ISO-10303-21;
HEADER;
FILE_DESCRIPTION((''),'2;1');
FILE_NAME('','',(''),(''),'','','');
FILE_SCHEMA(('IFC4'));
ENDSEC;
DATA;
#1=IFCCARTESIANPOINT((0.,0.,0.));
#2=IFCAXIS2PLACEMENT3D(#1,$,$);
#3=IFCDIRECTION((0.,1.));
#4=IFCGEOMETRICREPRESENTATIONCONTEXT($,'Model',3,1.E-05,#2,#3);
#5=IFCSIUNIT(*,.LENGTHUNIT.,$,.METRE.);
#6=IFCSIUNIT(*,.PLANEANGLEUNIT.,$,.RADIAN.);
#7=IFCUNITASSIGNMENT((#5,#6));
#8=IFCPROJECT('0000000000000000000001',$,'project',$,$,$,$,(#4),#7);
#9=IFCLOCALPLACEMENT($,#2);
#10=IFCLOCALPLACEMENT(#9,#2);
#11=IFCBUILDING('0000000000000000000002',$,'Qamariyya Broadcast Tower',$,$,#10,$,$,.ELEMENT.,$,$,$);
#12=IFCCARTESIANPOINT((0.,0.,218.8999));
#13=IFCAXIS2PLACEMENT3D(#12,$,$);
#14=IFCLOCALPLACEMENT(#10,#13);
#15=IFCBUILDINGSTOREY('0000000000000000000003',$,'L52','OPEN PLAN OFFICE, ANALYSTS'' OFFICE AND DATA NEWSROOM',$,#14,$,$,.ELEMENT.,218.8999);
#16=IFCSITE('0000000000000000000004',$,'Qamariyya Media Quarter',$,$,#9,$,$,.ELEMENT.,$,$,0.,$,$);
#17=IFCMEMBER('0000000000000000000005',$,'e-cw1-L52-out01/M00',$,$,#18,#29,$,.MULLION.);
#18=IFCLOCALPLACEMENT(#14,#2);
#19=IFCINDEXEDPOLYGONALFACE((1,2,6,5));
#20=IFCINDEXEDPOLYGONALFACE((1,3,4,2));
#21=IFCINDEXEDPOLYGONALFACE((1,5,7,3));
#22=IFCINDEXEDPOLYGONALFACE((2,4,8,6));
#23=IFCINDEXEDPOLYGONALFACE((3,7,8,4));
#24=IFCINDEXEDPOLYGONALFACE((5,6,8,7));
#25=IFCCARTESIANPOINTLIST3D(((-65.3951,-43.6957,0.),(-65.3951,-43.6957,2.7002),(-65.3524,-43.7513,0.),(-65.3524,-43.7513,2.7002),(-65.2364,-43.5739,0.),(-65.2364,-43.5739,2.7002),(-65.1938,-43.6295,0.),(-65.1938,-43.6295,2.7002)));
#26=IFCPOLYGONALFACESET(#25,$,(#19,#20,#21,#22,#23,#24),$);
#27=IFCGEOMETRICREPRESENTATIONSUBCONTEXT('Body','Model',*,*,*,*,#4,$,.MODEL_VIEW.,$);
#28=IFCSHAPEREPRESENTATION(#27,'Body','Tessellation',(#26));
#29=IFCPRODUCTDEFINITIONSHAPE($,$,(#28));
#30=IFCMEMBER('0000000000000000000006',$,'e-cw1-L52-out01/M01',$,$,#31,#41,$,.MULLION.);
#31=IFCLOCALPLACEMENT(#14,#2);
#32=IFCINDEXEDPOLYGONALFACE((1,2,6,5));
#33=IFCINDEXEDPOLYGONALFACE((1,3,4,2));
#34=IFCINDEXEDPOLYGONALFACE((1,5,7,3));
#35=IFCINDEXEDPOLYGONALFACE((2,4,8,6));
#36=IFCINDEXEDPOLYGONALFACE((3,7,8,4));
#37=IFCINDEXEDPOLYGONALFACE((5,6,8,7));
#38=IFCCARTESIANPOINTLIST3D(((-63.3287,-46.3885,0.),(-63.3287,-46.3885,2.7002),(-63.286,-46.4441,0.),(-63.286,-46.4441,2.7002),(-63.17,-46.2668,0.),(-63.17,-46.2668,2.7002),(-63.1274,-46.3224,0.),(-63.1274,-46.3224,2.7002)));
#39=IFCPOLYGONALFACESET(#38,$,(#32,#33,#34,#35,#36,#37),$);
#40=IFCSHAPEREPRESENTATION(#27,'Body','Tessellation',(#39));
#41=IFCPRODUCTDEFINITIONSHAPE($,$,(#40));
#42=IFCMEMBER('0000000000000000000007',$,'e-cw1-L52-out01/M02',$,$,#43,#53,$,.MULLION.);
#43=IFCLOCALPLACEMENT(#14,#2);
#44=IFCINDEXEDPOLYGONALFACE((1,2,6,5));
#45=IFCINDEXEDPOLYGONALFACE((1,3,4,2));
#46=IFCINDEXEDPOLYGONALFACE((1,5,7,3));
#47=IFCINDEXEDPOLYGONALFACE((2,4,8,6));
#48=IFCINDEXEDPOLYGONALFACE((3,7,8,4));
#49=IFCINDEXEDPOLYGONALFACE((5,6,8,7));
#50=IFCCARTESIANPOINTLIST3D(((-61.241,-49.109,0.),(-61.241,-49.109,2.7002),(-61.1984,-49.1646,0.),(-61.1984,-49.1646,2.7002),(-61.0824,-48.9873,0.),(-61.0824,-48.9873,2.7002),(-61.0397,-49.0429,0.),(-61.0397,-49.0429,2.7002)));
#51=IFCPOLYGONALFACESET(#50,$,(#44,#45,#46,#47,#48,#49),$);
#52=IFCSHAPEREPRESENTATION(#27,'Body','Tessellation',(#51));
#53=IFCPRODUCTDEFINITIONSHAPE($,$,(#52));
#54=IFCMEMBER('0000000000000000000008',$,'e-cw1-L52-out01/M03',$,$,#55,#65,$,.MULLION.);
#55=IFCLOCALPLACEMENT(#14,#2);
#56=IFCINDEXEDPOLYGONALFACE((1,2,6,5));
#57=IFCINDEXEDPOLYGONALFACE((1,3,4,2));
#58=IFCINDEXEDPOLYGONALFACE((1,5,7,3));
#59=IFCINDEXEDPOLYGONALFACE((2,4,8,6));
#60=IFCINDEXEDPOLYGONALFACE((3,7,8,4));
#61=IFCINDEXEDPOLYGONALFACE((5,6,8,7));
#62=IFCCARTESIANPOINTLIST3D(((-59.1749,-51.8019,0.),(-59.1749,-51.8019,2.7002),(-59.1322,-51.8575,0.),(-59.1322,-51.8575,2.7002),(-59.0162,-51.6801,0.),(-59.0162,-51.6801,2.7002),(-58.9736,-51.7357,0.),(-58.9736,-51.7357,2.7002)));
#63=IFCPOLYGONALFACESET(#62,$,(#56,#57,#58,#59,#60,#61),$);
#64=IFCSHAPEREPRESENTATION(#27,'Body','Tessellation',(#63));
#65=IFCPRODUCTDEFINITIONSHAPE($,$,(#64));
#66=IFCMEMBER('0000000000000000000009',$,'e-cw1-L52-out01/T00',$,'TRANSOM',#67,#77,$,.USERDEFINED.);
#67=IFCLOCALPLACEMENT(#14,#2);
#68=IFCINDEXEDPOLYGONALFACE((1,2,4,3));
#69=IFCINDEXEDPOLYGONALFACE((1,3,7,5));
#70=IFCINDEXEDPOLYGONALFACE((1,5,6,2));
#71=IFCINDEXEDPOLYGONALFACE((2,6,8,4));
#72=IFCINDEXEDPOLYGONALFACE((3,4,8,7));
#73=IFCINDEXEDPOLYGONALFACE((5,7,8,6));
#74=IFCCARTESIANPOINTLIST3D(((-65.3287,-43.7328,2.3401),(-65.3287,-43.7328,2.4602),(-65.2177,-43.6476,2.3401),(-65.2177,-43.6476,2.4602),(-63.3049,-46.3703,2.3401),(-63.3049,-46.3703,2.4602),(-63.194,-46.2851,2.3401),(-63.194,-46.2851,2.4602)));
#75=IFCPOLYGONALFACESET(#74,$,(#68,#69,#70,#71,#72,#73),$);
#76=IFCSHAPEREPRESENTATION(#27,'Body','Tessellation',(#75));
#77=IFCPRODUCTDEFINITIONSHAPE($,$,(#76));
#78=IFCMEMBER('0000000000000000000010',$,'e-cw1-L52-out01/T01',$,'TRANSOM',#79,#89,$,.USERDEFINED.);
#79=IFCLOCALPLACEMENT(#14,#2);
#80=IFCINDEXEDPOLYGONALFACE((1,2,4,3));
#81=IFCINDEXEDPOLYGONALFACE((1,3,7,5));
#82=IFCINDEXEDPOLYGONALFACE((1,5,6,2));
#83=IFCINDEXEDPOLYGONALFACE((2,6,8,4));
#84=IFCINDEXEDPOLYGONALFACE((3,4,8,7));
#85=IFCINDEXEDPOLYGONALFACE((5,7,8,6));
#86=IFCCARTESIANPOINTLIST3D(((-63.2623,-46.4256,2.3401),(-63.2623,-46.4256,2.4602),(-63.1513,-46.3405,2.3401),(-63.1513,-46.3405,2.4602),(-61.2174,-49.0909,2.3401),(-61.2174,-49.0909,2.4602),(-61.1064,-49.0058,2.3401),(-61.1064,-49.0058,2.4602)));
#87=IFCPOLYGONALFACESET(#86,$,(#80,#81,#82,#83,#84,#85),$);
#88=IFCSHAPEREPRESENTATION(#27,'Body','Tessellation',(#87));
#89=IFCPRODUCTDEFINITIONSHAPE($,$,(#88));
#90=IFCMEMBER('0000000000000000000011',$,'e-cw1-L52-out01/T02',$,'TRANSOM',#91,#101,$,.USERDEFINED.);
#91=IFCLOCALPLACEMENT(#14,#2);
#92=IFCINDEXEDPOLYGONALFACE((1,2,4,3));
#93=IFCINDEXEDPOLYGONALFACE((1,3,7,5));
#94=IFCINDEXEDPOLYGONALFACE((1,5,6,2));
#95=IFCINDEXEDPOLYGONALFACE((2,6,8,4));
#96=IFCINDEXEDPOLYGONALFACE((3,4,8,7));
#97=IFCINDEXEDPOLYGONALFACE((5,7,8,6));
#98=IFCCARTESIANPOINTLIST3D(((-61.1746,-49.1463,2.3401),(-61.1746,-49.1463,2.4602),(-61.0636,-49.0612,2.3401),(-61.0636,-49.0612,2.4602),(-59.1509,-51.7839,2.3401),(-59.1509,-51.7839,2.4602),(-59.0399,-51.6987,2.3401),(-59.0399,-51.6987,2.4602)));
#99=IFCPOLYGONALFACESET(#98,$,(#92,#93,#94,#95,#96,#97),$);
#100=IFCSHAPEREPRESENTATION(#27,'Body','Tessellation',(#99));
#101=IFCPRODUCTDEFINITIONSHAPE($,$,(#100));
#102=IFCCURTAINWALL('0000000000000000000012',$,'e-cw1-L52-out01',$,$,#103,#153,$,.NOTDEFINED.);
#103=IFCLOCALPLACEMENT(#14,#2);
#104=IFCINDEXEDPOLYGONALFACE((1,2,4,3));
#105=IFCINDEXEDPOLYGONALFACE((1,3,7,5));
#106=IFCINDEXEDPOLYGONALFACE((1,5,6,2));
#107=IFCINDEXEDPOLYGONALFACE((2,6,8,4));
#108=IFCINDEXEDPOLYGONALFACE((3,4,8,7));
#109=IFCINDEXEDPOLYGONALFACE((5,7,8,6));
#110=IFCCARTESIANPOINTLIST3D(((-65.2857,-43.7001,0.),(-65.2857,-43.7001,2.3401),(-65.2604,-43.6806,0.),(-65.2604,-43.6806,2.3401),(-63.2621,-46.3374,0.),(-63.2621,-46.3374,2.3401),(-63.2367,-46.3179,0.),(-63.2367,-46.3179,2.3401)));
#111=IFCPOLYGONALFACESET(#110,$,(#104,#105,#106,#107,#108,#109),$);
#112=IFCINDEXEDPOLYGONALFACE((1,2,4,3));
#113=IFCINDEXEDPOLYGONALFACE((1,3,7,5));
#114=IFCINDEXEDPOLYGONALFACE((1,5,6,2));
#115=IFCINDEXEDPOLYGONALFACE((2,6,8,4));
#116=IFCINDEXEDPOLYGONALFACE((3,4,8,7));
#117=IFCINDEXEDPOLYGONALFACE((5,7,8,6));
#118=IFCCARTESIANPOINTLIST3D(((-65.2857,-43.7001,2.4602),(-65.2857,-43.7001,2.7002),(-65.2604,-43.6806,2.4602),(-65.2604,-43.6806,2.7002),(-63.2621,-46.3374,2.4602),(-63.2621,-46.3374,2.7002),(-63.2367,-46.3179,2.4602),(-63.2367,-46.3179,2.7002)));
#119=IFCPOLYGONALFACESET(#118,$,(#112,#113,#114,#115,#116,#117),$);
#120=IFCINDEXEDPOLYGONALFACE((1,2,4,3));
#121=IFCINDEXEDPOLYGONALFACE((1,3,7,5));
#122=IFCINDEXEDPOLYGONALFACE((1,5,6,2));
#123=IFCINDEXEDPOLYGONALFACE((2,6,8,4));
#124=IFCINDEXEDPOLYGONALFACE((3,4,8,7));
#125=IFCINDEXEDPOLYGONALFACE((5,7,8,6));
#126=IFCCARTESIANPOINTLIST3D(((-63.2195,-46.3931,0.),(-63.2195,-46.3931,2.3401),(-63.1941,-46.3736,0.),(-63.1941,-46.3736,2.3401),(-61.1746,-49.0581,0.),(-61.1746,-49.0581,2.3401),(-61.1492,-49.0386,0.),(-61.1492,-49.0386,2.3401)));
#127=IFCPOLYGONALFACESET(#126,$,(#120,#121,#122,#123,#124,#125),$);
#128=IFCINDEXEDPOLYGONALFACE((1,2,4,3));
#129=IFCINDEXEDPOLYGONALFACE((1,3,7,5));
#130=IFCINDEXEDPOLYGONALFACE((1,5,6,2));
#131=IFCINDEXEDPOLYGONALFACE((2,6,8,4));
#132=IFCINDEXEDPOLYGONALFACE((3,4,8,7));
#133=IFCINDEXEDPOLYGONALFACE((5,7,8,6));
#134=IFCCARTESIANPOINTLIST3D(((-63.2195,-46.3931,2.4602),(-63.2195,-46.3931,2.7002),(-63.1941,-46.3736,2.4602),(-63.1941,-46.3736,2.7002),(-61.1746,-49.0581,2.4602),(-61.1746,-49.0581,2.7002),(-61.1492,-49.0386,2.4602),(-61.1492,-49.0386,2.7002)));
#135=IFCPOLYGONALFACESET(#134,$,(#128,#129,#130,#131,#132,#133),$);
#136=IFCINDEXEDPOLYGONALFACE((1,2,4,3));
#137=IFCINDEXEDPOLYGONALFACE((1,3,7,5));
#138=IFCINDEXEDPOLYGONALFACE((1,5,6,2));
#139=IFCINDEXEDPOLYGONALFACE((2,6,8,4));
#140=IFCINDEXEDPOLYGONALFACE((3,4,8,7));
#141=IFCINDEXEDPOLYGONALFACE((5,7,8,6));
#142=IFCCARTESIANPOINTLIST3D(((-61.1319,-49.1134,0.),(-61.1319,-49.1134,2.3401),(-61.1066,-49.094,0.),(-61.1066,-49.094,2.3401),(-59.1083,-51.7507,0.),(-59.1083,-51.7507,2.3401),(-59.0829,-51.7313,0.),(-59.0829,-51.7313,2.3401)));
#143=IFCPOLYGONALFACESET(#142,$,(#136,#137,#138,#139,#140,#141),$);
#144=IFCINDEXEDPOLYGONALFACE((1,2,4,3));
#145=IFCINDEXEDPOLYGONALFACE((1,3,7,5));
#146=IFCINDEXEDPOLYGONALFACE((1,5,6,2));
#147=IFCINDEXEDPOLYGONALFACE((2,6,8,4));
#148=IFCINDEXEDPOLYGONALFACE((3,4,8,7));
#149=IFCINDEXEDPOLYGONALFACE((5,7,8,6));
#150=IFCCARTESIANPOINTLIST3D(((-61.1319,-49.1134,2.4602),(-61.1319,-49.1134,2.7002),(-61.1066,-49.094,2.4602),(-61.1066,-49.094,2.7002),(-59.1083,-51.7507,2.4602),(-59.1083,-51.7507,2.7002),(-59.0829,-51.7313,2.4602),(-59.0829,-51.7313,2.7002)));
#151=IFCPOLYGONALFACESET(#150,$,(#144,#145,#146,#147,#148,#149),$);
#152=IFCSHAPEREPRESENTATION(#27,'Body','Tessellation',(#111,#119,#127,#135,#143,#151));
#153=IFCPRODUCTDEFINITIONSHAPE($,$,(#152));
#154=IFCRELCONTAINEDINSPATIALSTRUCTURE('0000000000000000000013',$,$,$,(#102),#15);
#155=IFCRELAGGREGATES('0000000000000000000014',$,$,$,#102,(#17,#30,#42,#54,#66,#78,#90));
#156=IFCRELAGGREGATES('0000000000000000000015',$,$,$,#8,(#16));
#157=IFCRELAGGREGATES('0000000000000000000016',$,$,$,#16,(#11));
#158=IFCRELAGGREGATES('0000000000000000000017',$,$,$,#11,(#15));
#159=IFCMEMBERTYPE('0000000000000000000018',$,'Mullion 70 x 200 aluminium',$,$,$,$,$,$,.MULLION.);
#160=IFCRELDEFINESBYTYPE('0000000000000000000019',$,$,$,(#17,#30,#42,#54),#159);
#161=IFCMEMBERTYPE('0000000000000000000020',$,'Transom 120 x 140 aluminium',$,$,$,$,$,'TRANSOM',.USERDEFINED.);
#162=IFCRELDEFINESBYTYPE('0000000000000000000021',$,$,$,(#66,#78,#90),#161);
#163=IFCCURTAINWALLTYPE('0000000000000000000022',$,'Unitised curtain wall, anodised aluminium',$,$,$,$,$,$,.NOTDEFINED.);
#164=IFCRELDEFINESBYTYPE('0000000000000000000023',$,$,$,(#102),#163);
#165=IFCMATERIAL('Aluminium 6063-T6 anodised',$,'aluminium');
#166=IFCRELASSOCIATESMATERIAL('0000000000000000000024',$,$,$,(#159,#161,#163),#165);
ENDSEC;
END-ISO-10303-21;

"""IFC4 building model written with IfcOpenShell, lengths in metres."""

from ifc_helpers import new_model, si_unit, direction, frame, origin, origin_2d, place, context, subcontext, project, spatial, rectangle, extrude, material, material_profile, profile_set, type_object, element, aggregate, save


model = new_model("IFC4")

# Units and contexts
model_context = context("Model", 3, precision=1e-05, world=origin(), true_north=direction((0.0, 1.0)))
body_context = subcontext(model_context, "Body", "Model", "MODEL_VIEW")
ifc_project = project(units=[si_unit("LENGTHUNIT", "METRE"), si_unit("PLANEANGLEUNIT", "RADIAN")], contexts=[model_context])

# Members
ifc_material = material(Name="Aluminium 6063-T6 anodised", Category="aluminium")
ifc_material_profile_1 = material_profile(ifc_material, rectangle(XDim=0.2, YDim=0.0701, at=origin_2d()))
ifc_profile_set_1 = profile_set([ifc_material_profile_1], Name="Aluminium 6063-T6 anodised")
member_type_1 = type_object("IfcMemberType", Name="Mullion 70 x 200 aluminium", PredefinedType="MULLION", material=ifc_profile_set_1)
site_placement = place(None, origin())
building_placement = place(site_placement, origin())
storey_placement = place(building_placement, frame((0.0, 0.0, 218.8999)))
member_1_placement = place(storey_placement, frame((-65.2944, -43.6626, 0.0), z_axis=(0.0, 0.0, 1.0), x_axis=(0.793353, 0.608761, 0.0)))
member_1 = element("IfcMember", 1, at=member_1_placement, type_object=member_type_1, Name="e-cw1-L52-out01/M00", PredefinedType="MULLION", context=body_context, shape_type="SweptSolid", body=[
    extrude(rectangle(XDim=0.2, YDim=0.0701, at=origin_2d()), origin(), (0.0, 0.0, 1.0), 2.7002),
])
member_2_placement = place(storey_placement, frame((-63.228, -46.3555, 0.0), z_axis=(0.0, 0.0, 1.0), x_axis=(0.793353, 0.608761, 0.0)))
member_2 = element("IfcMember", 2, at=member_2_placement, type_object=member_type_1, Name="e-cw1-L52-out01/M01", PredefinedType="MULLION", context=body_context, shape_type="SweptSolid", body=[
    extrude(rectangle(XDim=0.2, YDim=0.0701, at=origin_2d()), origin(), (0.0, 0.0, 1.0), 2.7002),
])
member_3_placement = place(storey_placement, frame((-61.1404, -49.0759, 0.0), z_axis=(0.0, 0.0, 1.0), x_axis=(0.793353, 0.608761, 0.0)))
member_3 = element("IfcMember", 3, at=member_3_placement, type_object=member_type_1, Name="e-cw1-L52-out01/M02", PredefinedType="MULLION", context=body_context, shape_type="SweptSolid", body=[
    extrude(rectangle(XDim=0.2, YDim=0.0701, at=origin_2d()), origin(), (0.0, 0.0, 1.0), 2.7002),
])
member_4_placement = place(storey_placement, frame((-59.0742, -51.7688, 0.0), z_axis=(0.0, 0.0, 1.0), x_axis=(0.793353, 0.608761, 0.0)))
member_4 = element("IfcMember", 4, at=member_4_placement, type_object=member_type_1, Name="e-cw1-L52-out01/M03", PredefinedType="MULLION", context=body_context, shape_type="SweptSolid", body=[
    extrude(rectangle(XDim=0.2, YDim=0.0701, at=origin_2d()), origin(), (0.0, 0.0, 1.0), 2.7002),
])
ifc_material_profile_2 = material_profile(ifc_material, rectangle(XDim=0.1399, YDim=0.1201, at=origin_2d()))
ifc_profile_set_2 = profile_set([ifc_material_profile_2], Name="Aluminium 6063-T6 anodised")
member_type_2 = type_object("IfcMemberType", Name="Transom 120 x 140 aluminium", ElementType="TRANSOM", PredefinedType="USERDEFINED", material=ifc_profile_set_2)
member_5_placement = place(storey_placement, frame((-65.2732, -43.6902, 2.4001), z_axis=(0.608741, -0.793369, 0.0), x_axis=(0.793369, 0.608741, 0.0)))
member_5 = element("IfcMember", 5, at=member_5_placement, type_object=member_type_2, Name="e-cw1-L52-out01/T00", ObjectType="TRANSOM", PredefinedType="USERDEFINED", context=body_context, shape_type="SweptSolid", body=[
    extrude(rectangle(XDim=0.1399, YDim=0.1201, at=origin_2d()), origin(), (0.0, 0.0, 1.0), 3.3245),
])
member_6_placement = place(storey_placement, frame((-63.2068, -46.3831, 2.4001), z_axis=(0.60872, -0.793385, 0.0), x_axis=(0.793385, 0.60872, 0.0)))
member_6 = element("IfcMember", 6, at=member_6_placement, type_object=member_type_2, Name="e-cw1-L52-out01/T01", ObjectType="TRANSOM", PredefinedType="USERDEFINED", context=body_context, shape_type="SweptSolid", body=[
    extrude(rectangle(XDim=0.1399, YDim=0.1201, at=origin_2d()), origin(), (0.0, 0.0, 1.0), 3.3594),
])
member_7_placement = place(storey_placement, frame((-61.1191, -49.1038, 2.4001), z_axis=(0.608741, -0.793369, 0.0), x_axis=(0.793369, 0.608741, 0.0)))
member_7 = element("IfcMember", 7, at=member_7_placement, type_object=member_type_2, Name="e-cw1-L52-out01/T02", ObjectType="TRANSOM", PredefinedType="USERDEFINED", context=body_context, shape_type="SweptSolid", body=[
    extrude(rectangle(XDim=0.1399, YDim=0.1201, at=origin_2d()), origin(), (0.0, 0.0, 1.0), 3.3245),
])

# Site, building, storey
site = spatial("IfcSite", under=ifc_project, at=site_placement, Name="Qamariyya Media Quarter", CompositionType="ELEMENT", RefElevation=0.0)
building = spatial("IfcBuilding", under=site, at=building_placement, Name="Qamariyya Broadcast Tower", CompositionType="ELEMENT")
storey = spatial("IfcBuildingStorey", under=building, at=storey_placement, Name="L52", Description="OPEN PLAN OFFICE, ANALYSTS' OFFICE AND DATA NEWSROOM", CompositionType="ELEMENT", Elevation=218.8999)

# Curtain wall
curtain_wall_type = type_object("IfcCurtainWallType", Name="Unitised curtain wall, anodised aluminium", PredefinedType="NOTDEFINED", material=ifc_material)
curtain_wall_1_placement = place(storey_placement, origin())
curtain_wall_1 = element("IfcCurtainWall", 8, at=curtain_wall_1_placement, inside=storey, type_object=curtain_wall_type, Name="e-cw1-L52-out01", PredefinedType="NOTDEFINED", context=body_context, shape_type="SweptSolid", body=[
    extrude(rectangle(XDim=3.3242, YDim=0.032, at=origin_2d()), frame((-64.2612, -45.009, 0.0), x_axis=(0.608754, -0.793359, 0.0)), (0.0, 0.0, 1.0), 2.3401),
    extrude(rectangle(XDim=3.3242, YDim=0.032, at=origin_2d()), frame((-64.2612, -45.009, 2.4602), x_axis=(0.608754, -0.793359, 0.0)), (0.0, 0.0, 1.0), 0.24),
    extrude(rectangle(XDim=3.3591, YDim=0.032, at=origin_2d()), frame((-62.1843, -47.7158, 0.0), x_axis=(0.608754, -0.793359, 0.0)), (0.0, 0.0, 1.0), 2.3401),
    extrude(rectangle(XDim=3.3591, YDim=0.032, at=origin_2d()), frame((-62.1843, -47.7158, 2.4602), x_axis=(0.608754, -0.793359, 0.0)), (0.0, 0.0, 1.0), 0.24),
    extrude(rectangle(XDim=3.3242, YDim=0.032, at=origin_2d()), frame((-60.1074, -50.4224, 0.0), x_axis=(0.608754, -0.793359, 0.0)), (0.0, 0.0, 1.0), 2.3401),
    extrude(rectangle(XDim=3.3242, YDim=0.032, at=origin_2d()), frame((-60.1074, -50.4224, 2.4602), x_axis=(0.608754, -0.793359, 0.0)), (0.0, 0.0, 1.0), 0.24),
])
aggregate(curtain_wall_1, [member_1, member_2, member_3, member_4, member_5, member_6, member_7])

save(model, "model.ifc")
